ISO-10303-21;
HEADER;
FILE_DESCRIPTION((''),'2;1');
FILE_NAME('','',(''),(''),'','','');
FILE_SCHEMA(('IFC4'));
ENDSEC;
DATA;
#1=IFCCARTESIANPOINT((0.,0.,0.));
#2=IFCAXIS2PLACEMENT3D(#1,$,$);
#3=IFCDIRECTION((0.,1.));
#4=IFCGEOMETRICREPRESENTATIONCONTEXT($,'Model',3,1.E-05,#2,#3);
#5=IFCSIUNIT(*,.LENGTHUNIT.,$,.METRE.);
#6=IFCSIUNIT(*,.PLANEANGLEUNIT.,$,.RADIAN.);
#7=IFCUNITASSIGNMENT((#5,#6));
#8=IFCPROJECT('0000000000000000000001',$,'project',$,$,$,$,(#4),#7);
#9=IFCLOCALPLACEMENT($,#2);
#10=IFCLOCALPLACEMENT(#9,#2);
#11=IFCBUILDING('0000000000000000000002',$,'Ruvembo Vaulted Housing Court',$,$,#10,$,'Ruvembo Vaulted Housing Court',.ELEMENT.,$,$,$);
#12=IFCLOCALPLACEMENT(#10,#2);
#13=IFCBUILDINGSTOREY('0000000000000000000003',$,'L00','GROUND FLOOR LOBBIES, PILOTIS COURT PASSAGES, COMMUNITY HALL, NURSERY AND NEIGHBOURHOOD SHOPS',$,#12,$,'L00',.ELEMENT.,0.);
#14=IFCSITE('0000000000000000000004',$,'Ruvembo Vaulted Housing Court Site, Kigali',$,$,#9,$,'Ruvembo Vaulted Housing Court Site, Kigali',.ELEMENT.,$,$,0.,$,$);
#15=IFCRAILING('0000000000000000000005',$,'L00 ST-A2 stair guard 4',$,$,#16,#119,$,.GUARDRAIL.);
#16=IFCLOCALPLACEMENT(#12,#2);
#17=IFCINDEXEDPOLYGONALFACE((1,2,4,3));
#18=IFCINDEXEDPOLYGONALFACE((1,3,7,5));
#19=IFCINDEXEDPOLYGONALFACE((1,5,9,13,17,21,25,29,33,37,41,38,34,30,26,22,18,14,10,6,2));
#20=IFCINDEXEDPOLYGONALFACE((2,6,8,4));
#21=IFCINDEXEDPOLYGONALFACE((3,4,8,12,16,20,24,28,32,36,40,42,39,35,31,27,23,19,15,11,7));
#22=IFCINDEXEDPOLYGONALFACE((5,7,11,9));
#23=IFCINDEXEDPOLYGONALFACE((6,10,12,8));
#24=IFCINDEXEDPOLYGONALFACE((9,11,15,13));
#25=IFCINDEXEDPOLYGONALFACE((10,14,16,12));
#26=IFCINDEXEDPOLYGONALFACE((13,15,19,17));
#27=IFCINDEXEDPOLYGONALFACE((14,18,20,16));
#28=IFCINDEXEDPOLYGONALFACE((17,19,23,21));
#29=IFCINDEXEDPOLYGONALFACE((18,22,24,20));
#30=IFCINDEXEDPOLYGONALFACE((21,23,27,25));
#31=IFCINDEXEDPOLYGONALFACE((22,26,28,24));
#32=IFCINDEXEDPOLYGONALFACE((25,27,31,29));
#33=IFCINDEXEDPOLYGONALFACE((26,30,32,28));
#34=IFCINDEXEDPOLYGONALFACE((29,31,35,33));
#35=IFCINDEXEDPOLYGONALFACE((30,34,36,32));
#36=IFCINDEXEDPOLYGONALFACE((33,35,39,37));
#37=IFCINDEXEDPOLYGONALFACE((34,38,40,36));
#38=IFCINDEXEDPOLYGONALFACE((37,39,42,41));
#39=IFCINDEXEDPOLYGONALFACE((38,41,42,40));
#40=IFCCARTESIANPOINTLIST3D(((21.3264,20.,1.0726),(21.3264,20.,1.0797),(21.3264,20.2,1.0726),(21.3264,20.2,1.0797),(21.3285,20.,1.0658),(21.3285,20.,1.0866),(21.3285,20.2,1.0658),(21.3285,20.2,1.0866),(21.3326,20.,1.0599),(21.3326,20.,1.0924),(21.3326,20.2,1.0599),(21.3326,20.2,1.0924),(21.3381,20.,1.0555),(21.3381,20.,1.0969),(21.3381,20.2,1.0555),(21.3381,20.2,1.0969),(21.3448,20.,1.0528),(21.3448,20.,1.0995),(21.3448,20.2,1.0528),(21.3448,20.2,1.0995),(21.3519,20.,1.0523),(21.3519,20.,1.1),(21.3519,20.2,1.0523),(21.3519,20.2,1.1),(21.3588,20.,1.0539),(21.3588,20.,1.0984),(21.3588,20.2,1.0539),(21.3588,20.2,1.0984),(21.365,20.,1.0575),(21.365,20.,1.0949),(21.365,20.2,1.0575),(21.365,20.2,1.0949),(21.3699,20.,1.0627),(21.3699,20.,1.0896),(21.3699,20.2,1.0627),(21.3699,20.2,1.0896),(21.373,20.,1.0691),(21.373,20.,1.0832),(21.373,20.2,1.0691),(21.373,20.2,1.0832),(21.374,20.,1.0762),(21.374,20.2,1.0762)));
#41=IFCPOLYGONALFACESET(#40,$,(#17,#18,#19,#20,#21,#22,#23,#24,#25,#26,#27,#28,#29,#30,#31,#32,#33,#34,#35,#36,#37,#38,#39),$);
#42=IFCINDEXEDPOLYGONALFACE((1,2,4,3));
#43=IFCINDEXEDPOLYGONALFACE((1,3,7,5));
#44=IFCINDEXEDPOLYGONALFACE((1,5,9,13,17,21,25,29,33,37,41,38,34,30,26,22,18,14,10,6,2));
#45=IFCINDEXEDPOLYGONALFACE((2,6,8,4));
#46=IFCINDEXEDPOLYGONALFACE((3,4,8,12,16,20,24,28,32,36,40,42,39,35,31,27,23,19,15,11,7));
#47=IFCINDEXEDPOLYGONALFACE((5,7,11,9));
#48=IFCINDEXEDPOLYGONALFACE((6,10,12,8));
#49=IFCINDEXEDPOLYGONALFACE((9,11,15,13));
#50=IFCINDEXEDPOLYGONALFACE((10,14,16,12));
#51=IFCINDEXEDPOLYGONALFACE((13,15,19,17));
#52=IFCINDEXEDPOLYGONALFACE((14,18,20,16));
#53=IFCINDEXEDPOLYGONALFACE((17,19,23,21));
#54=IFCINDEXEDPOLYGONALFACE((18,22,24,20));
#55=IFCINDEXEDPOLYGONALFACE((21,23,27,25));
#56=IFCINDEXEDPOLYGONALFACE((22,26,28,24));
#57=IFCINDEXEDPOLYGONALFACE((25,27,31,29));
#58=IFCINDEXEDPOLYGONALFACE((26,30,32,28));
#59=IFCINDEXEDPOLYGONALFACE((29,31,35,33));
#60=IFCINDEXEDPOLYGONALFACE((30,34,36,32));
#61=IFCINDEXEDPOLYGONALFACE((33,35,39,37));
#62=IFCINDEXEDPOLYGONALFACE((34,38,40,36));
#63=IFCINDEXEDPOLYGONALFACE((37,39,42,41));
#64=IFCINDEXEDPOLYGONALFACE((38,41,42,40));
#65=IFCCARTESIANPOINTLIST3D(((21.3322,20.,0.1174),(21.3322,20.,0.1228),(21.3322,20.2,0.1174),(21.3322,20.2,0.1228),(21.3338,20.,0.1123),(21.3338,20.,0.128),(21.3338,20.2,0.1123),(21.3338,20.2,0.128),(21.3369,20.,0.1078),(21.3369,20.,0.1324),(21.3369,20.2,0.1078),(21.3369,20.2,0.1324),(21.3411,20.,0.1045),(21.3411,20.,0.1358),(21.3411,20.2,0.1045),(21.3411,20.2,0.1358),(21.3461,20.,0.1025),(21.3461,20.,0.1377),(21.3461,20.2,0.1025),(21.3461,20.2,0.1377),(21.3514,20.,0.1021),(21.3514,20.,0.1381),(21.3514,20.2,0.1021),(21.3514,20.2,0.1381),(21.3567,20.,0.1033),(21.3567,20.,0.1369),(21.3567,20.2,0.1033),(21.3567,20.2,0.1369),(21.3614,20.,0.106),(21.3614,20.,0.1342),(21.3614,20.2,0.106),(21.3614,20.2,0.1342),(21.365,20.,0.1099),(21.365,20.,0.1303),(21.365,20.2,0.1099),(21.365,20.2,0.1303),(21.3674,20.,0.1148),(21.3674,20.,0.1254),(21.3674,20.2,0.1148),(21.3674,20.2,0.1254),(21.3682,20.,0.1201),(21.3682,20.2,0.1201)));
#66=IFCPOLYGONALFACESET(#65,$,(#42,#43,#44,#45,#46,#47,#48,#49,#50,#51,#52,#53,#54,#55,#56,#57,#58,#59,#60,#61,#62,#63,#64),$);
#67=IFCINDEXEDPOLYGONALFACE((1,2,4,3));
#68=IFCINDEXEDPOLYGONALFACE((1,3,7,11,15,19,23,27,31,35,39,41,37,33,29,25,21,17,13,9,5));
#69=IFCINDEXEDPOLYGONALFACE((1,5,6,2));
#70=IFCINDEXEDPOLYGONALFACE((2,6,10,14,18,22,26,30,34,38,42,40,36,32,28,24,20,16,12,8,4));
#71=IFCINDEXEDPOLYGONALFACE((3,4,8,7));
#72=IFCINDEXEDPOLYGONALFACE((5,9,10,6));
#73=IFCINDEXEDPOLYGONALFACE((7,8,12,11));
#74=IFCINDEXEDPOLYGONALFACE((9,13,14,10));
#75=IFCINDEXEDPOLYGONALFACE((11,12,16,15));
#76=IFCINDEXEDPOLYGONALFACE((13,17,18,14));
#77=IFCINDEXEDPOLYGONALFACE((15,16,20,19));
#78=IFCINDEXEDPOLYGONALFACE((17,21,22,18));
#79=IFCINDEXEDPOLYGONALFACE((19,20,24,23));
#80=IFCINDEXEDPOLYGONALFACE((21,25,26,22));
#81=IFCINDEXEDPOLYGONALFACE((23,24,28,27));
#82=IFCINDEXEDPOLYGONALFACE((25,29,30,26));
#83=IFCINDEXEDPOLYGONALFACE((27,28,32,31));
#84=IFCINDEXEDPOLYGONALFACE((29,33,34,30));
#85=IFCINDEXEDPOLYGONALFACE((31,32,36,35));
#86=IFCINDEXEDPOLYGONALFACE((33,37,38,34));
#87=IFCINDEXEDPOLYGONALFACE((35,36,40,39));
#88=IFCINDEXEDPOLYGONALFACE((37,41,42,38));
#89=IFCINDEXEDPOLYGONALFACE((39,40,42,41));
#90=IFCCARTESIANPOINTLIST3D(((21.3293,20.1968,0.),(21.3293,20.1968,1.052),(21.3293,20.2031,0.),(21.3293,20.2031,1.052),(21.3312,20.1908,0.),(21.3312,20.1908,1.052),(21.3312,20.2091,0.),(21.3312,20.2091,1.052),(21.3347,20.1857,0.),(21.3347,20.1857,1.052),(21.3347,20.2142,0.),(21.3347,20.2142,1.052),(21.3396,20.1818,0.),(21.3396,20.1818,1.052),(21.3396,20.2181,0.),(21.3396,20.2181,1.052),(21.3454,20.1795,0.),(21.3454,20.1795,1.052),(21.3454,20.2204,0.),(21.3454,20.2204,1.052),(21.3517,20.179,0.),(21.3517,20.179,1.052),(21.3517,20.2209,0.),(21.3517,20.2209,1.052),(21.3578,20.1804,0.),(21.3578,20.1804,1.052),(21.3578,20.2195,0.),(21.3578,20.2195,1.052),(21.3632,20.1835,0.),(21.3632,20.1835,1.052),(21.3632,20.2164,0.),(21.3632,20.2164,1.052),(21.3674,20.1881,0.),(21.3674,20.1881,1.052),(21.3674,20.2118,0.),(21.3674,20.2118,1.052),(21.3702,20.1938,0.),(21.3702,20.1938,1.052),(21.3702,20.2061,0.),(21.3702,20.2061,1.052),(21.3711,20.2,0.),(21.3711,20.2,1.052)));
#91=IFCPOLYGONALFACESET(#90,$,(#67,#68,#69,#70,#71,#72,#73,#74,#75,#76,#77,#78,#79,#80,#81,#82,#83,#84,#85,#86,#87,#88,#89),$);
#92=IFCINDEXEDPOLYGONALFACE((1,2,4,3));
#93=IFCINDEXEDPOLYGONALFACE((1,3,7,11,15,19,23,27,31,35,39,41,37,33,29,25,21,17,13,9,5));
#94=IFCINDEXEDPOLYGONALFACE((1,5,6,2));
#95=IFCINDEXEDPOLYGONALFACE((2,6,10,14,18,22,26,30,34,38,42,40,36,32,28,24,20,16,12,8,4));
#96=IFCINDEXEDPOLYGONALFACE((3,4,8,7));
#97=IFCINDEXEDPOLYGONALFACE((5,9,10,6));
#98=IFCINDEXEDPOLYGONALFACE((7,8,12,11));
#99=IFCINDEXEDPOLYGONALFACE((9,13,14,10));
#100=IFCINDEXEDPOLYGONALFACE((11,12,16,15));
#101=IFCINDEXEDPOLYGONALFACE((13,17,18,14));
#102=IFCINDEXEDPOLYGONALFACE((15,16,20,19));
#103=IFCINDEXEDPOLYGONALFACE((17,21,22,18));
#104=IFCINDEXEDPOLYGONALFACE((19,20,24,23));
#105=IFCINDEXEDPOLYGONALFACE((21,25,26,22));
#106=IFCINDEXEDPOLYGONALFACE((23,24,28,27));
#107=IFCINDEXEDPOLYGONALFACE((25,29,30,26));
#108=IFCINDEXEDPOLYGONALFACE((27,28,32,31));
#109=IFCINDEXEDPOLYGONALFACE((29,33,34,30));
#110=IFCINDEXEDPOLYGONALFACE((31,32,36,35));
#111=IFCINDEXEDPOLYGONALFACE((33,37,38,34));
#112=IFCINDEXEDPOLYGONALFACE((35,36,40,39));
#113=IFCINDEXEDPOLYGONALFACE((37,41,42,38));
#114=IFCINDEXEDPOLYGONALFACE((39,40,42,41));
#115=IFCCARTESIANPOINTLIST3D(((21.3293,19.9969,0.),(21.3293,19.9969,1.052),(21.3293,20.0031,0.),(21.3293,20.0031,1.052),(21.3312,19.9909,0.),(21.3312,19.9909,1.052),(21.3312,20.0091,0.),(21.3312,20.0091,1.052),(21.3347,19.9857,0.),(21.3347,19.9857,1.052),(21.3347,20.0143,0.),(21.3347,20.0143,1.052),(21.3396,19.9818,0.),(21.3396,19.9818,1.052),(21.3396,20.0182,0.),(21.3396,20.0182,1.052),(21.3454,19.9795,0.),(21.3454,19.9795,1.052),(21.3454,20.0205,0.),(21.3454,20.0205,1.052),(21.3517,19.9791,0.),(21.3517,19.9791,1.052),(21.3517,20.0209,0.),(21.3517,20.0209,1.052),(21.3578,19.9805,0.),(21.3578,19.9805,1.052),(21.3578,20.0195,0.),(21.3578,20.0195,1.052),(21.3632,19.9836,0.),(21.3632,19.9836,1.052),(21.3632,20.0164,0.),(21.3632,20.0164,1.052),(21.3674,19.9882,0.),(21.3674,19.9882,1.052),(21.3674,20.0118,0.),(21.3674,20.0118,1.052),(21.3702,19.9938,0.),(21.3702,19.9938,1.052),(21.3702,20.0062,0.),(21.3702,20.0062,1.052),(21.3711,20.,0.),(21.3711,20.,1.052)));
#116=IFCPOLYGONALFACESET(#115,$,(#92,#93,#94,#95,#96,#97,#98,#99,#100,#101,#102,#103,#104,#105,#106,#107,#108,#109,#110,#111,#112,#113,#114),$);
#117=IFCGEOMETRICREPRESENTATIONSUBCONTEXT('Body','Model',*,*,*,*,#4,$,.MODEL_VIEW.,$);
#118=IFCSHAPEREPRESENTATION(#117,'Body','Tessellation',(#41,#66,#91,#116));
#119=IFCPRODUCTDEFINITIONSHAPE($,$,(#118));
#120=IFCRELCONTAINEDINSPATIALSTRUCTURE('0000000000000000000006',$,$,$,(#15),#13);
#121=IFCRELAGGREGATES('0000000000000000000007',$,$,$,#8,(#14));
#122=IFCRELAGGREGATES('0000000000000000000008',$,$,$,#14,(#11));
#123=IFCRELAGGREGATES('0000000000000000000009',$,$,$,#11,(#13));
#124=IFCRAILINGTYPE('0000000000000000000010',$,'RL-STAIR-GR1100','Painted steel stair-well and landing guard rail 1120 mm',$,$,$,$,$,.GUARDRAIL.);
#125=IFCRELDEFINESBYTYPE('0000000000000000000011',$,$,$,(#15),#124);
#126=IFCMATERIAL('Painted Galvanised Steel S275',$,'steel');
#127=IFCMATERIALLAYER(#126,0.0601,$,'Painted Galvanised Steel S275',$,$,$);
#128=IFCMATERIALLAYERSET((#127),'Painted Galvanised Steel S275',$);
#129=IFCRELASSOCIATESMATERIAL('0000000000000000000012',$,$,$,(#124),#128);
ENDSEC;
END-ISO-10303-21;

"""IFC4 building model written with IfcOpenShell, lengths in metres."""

from ifc_helpers import new_model, si_unit, direction, frame, origin, origin_2d, place, context, subcontext, project, spatial, circle, extrude, material, layer, layer_set, type_object, element, save


model = new_model("IFC4")

# Units and contexts
model_context = context("Model", 3, precision=1e-05, world=origin(), true_north=direction((0.0, 1.0)))
body_context = subcontext(model_context, "Body", "Model", "MODEL_VIEW")
ifc_project = project(units=[si_unit("LENGTHUNIT", "METRE"), si_unit("PLANEANGLEUNIT", "RADIAN")], contexts=[model_context])

# Site, building, storey
site_placement = place(None, origin())
site = spatial("IfcSite", under=ifc_project, at=site_placement, Name="Ruvembo Vaulted Housing Court Site, Kigali", LongName="Ruvembo Vaulted Housing Court Site, Kigali", CompositionType="ELEMENT", RefElevation=0.0)
building_placement = place(site_placement, origin())
building = spatial("IfcBuilding", under=site, at=building_placement, Name="Ruvembo Vaulted Housing Court", LongName="Ruvembo Vaulted Housing Court", CompositionType="ELEMENT")
storey_placement = place(building_placement, origin())
storey = spatial("IfcBuildingStorey", under=building, at=storey_placement, Name="L00", Description="GROUND FLOOR LOBBIES, PILOTIS COURT PASSAGES, COMMUNITY HALL, NURSERY AND NEIGHBOURHOOD SHOPS", LongName="L00", CompositionType="ELEMENT", Elevation=0.0)

# Railing
ifc_material_1 = material(Name="Painted Galvanised Steel S275", Category="steel")
ifc_layer_1 = layer(ifc_material_1, 0.0601, Name="Painted Galvanised Steel S275")
ifc_layer_set_1 = layer_set([ifc_layer_1], Name="Painted Galvanised Steel S275")
railing_type_1 = type_object("IfcRailingType", Name="RL-STAIR-GR1100", Description="Painted steel stair-well and landing guard rail 1120 mm", PredefinedType="GUARDRAIL", material=ifc_layer_set_1)
railing_1_placement = place(storey_placement, frame((21.3501, 20.2, 0.0)))
element("IfcRailing", 1, at=railing_1_placement, inside=storey, type_object=railing_type_1, Name="L00 ST-A2 stair guard 4", PredefinedType="GUARDRAIL", context=body_context, shape_type="SweptSolid", body=[
    extrude(circle(Radius=0.0239, at=origin_2d()), frame((0.0, 0.0, 1.0762), z_axis=(0.0, -1.0, 0.0), x_axis=(1.0, 0.0, 0.0)), (0.0, 0.0, 1.0), 0.2),
    extrude(circle(Radius=0.0181, at=origin_2d()), frame((0.0, 0.0, 0.1201), z_axis=(0.0, -1.0, 0.0), x_axis=(1.0, 0.0, 0.0)), (0.0, 0.0, 1.0), 0.2),
    extrude(circle(Radius=0.021, at=origin_2d()), origin(), (0.0, 0.0, 1.0), 1.052),
    extrude(circle(Radius=0.021, at=origin_2d()), frame((0.0, -0.2, 0.0)), (0.0, 0.0, 1.0), 1.052),
])

save(model, "model.ifc")
